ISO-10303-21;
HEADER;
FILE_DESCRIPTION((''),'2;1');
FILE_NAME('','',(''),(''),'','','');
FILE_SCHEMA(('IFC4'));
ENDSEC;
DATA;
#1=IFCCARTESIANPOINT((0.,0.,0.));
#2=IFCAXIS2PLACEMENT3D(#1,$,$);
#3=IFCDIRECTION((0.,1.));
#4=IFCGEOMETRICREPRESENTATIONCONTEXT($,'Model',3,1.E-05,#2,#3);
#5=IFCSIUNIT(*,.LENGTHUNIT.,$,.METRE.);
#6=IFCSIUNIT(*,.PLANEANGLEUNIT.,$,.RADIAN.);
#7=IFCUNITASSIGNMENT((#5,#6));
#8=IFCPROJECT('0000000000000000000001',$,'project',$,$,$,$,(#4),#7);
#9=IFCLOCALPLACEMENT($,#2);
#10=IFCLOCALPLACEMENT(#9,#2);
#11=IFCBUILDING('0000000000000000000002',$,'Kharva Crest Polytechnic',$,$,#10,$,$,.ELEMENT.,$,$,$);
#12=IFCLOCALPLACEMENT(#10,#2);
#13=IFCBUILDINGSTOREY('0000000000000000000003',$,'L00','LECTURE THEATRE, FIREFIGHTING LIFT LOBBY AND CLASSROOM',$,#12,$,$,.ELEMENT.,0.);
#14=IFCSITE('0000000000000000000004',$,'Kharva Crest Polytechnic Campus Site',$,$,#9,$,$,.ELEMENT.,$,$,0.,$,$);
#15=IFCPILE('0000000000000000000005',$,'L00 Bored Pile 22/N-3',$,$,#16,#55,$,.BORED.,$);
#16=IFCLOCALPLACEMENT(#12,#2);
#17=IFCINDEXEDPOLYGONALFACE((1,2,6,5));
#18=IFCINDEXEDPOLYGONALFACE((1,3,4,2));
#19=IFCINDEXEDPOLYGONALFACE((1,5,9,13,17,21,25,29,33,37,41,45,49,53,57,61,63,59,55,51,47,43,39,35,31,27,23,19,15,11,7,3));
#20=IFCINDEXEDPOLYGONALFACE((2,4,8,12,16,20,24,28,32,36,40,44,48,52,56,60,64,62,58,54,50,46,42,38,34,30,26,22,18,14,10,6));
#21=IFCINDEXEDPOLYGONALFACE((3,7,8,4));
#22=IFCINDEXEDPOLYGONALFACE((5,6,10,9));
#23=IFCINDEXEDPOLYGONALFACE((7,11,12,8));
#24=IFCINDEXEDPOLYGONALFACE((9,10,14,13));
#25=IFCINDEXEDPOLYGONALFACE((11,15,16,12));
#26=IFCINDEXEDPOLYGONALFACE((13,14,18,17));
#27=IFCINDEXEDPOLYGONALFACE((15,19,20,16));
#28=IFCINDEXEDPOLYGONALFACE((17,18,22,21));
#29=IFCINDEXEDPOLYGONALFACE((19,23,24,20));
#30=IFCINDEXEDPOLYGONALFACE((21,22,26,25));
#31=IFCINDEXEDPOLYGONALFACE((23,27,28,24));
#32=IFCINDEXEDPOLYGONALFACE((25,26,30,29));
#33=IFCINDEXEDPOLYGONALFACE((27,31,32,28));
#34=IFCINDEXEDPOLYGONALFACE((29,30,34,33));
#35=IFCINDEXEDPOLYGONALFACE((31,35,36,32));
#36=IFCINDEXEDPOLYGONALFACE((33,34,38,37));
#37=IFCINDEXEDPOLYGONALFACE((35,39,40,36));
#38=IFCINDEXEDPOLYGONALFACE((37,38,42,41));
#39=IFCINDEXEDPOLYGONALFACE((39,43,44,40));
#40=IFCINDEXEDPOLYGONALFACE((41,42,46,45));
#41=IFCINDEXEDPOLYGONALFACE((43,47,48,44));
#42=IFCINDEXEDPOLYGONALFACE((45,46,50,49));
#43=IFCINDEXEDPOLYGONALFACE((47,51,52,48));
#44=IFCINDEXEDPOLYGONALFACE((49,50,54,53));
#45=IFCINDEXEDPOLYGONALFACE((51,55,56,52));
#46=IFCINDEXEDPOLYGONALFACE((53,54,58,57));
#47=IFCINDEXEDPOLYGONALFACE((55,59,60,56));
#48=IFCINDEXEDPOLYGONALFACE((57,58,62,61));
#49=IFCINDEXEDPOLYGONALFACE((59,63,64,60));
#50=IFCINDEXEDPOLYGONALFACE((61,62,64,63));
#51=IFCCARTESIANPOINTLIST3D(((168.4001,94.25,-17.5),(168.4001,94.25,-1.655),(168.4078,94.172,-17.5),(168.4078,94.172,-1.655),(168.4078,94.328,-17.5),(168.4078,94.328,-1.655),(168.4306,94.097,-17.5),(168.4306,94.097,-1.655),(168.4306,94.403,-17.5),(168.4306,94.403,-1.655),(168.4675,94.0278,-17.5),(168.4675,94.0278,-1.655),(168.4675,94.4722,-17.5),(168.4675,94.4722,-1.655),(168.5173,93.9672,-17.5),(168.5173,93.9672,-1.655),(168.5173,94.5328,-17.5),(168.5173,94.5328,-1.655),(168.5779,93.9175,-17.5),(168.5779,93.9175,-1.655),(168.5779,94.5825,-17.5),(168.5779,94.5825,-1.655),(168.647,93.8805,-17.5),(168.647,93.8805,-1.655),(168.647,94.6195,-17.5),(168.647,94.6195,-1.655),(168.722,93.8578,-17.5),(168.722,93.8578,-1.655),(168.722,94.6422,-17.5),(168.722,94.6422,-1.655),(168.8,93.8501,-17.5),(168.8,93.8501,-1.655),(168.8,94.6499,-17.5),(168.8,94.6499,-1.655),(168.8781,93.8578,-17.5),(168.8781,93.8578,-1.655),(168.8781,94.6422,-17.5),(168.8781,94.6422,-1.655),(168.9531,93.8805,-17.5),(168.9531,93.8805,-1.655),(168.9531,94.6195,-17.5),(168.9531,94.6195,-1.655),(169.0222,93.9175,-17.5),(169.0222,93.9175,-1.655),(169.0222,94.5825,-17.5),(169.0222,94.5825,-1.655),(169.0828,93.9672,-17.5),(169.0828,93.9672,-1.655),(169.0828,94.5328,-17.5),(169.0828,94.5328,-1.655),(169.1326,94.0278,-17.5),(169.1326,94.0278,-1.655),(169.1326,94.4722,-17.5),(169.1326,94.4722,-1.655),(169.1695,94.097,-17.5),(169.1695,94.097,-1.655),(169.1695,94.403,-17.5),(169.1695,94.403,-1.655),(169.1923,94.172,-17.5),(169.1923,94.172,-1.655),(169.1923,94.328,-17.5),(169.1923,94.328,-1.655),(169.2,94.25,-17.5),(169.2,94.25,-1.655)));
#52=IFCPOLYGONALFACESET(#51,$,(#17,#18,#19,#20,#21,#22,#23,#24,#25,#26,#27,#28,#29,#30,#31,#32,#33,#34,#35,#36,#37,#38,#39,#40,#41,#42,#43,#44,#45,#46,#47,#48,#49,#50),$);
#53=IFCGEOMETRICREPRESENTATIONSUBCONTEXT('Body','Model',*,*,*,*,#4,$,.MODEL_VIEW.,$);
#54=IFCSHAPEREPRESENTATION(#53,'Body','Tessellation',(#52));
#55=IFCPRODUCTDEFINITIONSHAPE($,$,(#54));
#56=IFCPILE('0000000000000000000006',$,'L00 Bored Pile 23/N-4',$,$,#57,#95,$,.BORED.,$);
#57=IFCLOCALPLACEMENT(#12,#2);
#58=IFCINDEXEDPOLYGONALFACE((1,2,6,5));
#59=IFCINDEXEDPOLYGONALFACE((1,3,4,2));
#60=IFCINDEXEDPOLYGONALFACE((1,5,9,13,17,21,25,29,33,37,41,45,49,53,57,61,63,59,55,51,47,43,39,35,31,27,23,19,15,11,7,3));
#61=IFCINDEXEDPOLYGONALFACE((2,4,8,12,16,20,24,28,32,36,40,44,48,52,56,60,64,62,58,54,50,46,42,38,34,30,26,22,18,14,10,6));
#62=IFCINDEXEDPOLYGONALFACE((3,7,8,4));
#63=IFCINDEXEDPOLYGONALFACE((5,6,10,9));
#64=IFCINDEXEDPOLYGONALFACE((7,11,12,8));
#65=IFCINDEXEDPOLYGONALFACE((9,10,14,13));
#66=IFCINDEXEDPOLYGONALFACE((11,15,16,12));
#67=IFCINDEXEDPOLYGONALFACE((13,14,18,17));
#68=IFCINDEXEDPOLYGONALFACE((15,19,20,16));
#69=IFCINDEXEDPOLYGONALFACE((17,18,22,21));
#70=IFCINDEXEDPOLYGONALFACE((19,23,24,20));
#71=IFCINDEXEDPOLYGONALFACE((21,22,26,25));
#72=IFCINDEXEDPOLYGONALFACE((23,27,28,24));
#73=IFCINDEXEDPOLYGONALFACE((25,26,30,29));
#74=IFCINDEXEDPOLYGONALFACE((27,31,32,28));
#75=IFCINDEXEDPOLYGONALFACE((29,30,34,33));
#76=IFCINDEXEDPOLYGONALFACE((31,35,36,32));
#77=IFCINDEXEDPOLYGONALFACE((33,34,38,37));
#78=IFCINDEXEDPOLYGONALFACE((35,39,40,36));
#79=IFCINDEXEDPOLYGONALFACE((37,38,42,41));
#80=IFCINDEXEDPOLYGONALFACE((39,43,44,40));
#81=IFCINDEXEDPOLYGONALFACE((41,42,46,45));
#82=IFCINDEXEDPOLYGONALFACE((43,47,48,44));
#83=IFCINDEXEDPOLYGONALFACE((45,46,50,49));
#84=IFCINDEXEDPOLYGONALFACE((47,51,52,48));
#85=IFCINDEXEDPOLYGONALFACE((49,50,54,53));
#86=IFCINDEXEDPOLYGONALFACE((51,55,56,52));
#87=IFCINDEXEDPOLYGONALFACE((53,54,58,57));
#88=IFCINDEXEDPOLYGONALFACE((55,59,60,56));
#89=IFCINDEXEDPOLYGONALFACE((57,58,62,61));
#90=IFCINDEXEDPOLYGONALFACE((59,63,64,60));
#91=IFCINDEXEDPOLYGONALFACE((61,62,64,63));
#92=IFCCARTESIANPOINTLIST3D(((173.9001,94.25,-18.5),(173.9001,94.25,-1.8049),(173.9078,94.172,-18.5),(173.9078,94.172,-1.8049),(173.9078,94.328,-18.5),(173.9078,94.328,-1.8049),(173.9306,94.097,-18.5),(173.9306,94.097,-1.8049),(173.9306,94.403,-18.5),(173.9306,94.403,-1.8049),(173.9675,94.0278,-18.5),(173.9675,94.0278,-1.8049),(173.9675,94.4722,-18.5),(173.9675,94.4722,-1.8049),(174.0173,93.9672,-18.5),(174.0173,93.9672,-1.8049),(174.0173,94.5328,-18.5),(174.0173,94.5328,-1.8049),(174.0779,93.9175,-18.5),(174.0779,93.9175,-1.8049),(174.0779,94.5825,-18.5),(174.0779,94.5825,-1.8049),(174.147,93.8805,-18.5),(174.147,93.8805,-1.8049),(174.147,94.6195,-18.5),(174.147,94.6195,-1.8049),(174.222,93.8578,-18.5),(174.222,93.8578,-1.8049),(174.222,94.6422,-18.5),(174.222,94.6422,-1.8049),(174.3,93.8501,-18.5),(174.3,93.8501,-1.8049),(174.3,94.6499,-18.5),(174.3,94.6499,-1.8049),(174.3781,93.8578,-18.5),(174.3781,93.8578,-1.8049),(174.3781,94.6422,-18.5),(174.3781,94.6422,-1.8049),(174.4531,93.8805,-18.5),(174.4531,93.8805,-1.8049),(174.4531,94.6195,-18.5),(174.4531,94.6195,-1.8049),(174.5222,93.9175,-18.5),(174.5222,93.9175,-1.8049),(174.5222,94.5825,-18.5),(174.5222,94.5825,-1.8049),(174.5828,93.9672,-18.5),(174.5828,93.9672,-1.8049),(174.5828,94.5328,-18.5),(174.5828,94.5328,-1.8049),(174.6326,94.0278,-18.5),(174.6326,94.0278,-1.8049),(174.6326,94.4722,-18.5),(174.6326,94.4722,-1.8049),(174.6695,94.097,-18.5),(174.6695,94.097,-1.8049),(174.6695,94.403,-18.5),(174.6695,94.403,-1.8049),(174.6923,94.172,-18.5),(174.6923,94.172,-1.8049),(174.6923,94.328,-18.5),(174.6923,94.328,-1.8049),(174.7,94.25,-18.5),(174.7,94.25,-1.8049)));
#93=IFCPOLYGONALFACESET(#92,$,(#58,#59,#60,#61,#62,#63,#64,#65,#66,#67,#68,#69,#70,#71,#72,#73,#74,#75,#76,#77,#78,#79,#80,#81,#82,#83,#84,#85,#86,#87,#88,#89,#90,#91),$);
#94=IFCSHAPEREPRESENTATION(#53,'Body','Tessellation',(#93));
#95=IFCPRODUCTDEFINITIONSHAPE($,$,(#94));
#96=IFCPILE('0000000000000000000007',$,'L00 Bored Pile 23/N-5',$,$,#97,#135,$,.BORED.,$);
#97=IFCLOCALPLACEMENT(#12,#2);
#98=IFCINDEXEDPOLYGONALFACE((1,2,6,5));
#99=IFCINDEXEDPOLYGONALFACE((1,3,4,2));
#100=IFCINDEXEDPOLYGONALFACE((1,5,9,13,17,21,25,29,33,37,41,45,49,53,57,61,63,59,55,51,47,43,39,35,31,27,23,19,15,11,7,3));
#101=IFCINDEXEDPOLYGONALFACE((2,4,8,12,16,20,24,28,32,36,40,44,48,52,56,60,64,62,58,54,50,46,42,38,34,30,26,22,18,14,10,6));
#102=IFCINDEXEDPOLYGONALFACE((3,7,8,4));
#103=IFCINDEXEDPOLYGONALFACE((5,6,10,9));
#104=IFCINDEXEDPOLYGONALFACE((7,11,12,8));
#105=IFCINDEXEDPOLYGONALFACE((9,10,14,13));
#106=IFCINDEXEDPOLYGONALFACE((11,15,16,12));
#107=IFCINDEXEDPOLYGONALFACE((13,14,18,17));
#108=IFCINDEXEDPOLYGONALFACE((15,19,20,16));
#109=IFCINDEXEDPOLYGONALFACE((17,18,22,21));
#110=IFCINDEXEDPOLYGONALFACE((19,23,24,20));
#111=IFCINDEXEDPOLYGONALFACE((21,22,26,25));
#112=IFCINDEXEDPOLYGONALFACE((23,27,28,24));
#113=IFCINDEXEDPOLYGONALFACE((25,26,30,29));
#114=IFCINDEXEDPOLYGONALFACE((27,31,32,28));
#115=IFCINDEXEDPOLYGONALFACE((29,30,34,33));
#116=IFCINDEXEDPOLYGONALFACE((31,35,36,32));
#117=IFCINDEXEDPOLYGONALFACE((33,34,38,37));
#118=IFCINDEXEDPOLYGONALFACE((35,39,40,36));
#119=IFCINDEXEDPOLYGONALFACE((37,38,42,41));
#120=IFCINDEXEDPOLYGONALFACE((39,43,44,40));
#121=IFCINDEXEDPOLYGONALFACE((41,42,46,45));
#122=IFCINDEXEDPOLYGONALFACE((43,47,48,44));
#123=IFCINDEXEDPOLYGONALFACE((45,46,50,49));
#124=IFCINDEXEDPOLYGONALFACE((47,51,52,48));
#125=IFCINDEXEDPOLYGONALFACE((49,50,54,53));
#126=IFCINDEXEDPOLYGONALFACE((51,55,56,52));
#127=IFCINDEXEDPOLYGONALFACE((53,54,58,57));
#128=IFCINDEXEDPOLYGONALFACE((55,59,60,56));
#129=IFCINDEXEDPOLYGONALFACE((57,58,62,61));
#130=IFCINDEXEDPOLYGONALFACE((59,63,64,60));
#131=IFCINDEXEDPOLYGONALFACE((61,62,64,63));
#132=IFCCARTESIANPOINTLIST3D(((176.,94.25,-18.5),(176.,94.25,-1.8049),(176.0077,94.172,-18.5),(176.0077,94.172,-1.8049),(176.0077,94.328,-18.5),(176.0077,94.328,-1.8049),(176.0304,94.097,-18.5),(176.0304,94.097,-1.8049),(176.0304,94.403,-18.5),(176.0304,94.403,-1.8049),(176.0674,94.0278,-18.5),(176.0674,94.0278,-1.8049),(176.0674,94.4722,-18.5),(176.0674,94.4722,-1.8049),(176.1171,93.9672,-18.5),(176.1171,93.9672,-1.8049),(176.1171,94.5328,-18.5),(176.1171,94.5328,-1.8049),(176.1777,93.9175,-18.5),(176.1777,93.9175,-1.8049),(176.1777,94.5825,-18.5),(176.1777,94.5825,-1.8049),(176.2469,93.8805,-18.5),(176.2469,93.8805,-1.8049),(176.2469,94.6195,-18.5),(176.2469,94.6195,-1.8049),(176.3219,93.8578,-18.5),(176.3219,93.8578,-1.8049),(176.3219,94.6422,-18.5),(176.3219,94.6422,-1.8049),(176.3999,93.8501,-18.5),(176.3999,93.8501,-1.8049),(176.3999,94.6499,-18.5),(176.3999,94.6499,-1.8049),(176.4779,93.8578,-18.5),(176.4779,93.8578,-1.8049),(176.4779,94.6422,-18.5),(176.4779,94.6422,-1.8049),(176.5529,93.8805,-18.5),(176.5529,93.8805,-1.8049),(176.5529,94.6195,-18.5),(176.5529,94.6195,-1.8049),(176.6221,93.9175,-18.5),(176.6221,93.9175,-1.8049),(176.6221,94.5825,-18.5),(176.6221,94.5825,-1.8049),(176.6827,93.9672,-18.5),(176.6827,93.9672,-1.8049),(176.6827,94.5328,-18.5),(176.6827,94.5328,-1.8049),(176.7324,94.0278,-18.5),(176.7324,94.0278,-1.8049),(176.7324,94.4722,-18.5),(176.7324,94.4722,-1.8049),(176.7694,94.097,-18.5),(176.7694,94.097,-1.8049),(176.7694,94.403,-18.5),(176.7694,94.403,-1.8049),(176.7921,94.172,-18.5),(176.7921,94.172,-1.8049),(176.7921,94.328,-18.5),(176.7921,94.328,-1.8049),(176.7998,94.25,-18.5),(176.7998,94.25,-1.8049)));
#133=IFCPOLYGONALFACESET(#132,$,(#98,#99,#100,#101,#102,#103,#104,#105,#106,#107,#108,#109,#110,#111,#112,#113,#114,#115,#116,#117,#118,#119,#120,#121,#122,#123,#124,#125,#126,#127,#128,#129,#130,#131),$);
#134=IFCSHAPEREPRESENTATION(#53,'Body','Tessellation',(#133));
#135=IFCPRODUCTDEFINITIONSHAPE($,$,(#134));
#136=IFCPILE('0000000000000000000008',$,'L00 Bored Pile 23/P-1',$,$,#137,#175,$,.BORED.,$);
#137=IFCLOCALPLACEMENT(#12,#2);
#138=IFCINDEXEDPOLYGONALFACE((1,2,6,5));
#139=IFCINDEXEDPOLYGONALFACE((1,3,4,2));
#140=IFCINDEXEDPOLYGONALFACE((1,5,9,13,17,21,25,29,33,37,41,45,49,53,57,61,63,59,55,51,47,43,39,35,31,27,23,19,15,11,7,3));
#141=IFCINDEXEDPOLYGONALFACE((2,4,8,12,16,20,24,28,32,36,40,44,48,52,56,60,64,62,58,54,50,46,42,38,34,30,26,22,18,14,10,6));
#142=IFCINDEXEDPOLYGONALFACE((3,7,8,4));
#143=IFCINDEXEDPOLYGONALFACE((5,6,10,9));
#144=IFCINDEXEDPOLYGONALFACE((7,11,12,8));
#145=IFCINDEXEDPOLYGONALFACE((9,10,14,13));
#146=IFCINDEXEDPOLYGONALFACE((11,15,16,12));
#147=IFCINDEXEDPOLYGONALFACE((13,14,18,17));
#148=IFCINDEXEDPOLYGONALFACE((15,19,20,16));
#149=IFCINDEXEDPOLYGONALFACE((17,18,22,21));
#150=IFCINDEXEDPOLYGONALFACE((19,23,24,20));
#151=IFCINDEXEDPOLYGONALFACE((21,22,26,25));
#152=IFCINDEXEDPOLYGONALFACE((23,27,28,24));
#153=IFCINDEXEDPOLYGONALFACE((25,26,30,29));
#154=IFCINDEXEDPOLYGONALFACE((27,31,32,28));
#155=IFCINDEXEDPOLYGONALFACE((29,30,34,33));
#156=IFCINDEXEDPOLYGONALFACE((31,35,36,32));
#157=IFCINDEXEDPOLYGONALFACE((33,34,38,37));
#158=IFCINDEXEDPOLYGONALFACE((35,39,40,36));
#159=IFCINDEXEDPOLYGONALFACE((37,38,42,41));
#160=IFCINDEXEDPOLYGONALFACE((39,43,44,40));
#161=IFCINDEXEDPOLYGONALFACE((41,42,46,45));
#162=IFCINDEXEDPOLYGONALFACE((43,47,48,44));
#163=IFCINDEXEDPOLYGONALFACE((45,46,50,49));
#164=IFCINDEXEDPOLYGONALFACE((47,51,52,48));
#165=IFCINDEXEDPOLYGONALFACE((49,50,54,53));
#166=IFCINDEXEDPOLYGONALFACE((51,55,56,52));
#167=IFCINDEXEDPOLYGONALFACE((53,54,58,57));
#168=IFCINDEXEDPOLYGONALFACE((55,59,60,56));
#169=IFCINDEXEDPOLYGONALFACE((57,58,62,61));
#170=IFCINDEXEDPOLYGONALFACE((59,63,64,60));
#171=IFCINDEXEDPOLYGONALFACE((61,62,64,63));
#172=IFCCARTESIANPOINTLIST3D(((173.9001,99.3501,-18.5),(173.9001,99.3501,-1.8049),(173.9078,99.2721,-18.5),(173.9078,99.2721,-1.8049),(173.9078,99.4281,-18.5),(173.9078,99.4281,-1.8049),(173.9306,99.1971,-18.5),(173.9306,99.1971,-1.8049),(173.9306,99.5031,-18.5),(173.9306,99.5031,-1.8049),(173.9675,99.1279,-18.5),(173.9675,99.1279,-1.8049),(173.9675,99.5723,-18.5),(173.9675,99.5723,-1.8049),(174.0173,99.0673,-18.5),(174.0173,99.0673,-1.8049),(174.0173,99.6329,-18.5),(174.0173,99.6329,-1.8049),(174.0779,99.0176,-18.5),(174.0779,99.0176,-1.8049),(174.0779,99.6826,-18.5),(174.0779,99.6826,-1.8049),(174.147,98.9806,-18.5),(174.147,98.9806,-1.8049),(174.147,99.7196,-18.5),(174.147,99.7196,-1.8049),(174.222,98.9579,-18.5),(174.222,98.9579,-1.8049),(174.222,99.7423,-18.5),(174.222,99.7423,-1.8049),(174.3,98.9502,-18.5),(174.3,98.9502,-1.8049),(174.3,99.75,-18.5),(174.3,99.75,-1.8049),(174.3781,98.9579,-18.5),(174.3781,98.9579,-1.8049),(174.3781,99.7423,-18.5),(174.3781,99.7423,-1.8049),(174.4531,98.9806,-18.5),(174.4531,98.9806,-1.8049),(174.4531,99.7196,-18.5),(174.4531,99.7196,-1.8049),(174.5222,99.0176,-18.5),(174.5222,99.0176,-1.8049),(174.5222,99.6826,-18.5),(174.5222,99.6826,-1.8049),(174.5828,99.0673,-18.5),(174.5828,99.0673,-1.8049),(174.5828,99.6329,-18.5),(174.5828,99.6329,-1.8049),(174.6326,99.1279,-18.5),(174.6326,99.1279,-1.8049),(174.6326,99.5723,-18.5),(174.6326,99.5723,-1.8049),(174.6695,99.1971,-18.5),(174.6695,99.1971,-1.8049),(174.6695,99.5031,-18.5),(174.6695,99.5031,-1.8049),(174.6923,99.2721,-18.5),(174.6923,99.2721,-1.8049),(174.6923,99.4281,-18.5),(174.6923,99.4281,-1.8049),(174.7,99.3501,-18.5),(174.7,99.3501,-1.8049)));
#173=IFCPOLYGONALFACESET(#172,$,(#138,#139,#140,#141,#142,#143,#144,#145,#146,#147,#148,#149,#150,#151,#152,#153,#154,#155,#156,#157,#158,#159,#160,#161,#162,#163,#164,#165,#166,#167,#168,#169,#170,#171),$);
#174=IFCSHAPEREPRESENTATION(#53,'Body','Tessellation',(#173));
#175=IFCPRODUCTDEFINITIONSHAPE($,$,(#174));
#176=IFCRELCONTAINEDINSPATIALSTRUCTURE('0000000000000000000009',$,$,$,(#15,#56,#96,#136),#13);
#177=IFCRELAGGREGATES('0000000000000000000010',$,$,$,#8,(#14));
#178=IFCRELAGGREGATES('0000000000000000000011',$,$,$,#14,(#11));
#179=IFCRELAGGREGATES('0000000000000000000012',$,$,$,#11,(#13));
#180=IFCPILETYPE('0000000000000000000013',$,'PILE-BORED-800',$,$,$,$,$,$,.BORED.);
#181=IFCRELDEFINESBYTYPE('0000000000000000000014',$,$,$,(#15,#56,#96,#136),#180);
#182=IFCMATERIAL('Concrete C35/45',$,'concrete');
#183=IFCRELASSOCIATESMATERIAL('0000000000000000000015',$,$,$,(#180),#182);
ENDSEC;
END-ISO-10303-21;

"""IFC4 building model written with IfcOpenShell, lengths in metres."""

from ifc_helpers import new_model, si_unit, direction, frame, origin, origin_2d, place, context, subcontext, project, spatial, circle, extrude, material, material_profile, profile_set, type_object, element, save


model = new_model("IFC4")

# Units and contexts
model_context = context("Model", 3, precision=1e-05, world=origin(), true_north=direction((0.0, 1.0)))
body_context = subcontext(model_context, "Body", "Model", "MODEL_VIEW")
ifc_project = project(units=[si_unit("LENGTHUNIT", "METRE"), si_unit("PLANEANGLEUNIT", "RADIAN")], contexts=[model_context])

# Site, building, storey
site_placement = place(None, origin())
site = spatial("IfcSite", under=ifc_project, at=site_placement, Name="Kharva Crest Polytechnic Campus Site", CompositionType="ELEMENT", RefElevation=0.0)
building_placement = place(site_placement, origin())
building = spatial("IfcBuilding", under=site, at=building_placement, Name="Kharva Crest Polytechnic", CompositionType="ELEMENT")
storey_placement = place(building_placement, origin())
storey = spatial("IfcBuildingStorey", under=building, at=storey_placement, Name="L00", Description="LECTURE THEATRE, FIREFIGHTING LIFT LOBBY AND CLASSROOM", CompositionType="ELEMENT", Elevation=0.0)

# Shared definitions
ifc_material_1 = material(Name="Concrete C35/45", Category="concrete")

# Piles
ifc_material_profile_1 = material_profile(ifc_material_1, circle(Radius=0.3999, at=origin_2d()), Name="DIA 800")
ifc_profile_set_1 = profile_set([ifc_material_profile_1], Name="Concrete C35/45")
pile_type_1 = type_object("IfcPileType", Name="PILE-BORED-800", PredefinedType="BORED", material=ifc_profile_set_1)
for number, where, z_axis, x_axis, name in (
    (1, (168.8, 94.25, -1.655), (0.0, 0.0, -1.0), (1.0, 0.0, 0.0), "L00 Bored Pile 22/N-3"),
):
    element("IfcPile", number, at=place(storey_placement, frame(where, z_axis=z_axis, x_axis=x_axis)), inside=storey, type_object=pile_type_1, Name=name, PredefinedType="BORED", context=body_context, shape_type="SweptSolid", body=[
        extrude(circle(Radius=0.3999, at=origin_2d()), origin(), (0.0, 0.0, 1.0), 15.845),
    ])
for number, where, z_axis, x_axis, name in (
    (2, (174.3, 94.25, -1.8049), (0.0, 0.0, -1.0), (1.0, 0.0, 0.0), "L00 Bored Pile 23/N-4"),
    (3, (176.3999, 94.25, -1.8049), (0.0, 0.0, -1.0), (1.0, 0.0, 0.0), "L00 Bored Pile 23/N-5"),
    (4, (174.3, 99.3501, -1.8049), (0.0, 0.0, -1.0), (1.0, 0.0, 0.0), "L00 Bored Pile 23/P-1"),
):
    element("IfcPile", number, at=place(storey_placement, frame(where, z_axis=z_axis, x_axis=x_axis)), inside=storey, type_object=pile_type_1, Name=name, PredefinedType="BORED", context=body_context, shape_type="SweptSolid", body=[
        extrude(circle(Radius=0.3999, at=origin_2d()), origin(), (0.0, 0.0, 1.0), 16.6951),
    ])

save(model, "model.ifc")
